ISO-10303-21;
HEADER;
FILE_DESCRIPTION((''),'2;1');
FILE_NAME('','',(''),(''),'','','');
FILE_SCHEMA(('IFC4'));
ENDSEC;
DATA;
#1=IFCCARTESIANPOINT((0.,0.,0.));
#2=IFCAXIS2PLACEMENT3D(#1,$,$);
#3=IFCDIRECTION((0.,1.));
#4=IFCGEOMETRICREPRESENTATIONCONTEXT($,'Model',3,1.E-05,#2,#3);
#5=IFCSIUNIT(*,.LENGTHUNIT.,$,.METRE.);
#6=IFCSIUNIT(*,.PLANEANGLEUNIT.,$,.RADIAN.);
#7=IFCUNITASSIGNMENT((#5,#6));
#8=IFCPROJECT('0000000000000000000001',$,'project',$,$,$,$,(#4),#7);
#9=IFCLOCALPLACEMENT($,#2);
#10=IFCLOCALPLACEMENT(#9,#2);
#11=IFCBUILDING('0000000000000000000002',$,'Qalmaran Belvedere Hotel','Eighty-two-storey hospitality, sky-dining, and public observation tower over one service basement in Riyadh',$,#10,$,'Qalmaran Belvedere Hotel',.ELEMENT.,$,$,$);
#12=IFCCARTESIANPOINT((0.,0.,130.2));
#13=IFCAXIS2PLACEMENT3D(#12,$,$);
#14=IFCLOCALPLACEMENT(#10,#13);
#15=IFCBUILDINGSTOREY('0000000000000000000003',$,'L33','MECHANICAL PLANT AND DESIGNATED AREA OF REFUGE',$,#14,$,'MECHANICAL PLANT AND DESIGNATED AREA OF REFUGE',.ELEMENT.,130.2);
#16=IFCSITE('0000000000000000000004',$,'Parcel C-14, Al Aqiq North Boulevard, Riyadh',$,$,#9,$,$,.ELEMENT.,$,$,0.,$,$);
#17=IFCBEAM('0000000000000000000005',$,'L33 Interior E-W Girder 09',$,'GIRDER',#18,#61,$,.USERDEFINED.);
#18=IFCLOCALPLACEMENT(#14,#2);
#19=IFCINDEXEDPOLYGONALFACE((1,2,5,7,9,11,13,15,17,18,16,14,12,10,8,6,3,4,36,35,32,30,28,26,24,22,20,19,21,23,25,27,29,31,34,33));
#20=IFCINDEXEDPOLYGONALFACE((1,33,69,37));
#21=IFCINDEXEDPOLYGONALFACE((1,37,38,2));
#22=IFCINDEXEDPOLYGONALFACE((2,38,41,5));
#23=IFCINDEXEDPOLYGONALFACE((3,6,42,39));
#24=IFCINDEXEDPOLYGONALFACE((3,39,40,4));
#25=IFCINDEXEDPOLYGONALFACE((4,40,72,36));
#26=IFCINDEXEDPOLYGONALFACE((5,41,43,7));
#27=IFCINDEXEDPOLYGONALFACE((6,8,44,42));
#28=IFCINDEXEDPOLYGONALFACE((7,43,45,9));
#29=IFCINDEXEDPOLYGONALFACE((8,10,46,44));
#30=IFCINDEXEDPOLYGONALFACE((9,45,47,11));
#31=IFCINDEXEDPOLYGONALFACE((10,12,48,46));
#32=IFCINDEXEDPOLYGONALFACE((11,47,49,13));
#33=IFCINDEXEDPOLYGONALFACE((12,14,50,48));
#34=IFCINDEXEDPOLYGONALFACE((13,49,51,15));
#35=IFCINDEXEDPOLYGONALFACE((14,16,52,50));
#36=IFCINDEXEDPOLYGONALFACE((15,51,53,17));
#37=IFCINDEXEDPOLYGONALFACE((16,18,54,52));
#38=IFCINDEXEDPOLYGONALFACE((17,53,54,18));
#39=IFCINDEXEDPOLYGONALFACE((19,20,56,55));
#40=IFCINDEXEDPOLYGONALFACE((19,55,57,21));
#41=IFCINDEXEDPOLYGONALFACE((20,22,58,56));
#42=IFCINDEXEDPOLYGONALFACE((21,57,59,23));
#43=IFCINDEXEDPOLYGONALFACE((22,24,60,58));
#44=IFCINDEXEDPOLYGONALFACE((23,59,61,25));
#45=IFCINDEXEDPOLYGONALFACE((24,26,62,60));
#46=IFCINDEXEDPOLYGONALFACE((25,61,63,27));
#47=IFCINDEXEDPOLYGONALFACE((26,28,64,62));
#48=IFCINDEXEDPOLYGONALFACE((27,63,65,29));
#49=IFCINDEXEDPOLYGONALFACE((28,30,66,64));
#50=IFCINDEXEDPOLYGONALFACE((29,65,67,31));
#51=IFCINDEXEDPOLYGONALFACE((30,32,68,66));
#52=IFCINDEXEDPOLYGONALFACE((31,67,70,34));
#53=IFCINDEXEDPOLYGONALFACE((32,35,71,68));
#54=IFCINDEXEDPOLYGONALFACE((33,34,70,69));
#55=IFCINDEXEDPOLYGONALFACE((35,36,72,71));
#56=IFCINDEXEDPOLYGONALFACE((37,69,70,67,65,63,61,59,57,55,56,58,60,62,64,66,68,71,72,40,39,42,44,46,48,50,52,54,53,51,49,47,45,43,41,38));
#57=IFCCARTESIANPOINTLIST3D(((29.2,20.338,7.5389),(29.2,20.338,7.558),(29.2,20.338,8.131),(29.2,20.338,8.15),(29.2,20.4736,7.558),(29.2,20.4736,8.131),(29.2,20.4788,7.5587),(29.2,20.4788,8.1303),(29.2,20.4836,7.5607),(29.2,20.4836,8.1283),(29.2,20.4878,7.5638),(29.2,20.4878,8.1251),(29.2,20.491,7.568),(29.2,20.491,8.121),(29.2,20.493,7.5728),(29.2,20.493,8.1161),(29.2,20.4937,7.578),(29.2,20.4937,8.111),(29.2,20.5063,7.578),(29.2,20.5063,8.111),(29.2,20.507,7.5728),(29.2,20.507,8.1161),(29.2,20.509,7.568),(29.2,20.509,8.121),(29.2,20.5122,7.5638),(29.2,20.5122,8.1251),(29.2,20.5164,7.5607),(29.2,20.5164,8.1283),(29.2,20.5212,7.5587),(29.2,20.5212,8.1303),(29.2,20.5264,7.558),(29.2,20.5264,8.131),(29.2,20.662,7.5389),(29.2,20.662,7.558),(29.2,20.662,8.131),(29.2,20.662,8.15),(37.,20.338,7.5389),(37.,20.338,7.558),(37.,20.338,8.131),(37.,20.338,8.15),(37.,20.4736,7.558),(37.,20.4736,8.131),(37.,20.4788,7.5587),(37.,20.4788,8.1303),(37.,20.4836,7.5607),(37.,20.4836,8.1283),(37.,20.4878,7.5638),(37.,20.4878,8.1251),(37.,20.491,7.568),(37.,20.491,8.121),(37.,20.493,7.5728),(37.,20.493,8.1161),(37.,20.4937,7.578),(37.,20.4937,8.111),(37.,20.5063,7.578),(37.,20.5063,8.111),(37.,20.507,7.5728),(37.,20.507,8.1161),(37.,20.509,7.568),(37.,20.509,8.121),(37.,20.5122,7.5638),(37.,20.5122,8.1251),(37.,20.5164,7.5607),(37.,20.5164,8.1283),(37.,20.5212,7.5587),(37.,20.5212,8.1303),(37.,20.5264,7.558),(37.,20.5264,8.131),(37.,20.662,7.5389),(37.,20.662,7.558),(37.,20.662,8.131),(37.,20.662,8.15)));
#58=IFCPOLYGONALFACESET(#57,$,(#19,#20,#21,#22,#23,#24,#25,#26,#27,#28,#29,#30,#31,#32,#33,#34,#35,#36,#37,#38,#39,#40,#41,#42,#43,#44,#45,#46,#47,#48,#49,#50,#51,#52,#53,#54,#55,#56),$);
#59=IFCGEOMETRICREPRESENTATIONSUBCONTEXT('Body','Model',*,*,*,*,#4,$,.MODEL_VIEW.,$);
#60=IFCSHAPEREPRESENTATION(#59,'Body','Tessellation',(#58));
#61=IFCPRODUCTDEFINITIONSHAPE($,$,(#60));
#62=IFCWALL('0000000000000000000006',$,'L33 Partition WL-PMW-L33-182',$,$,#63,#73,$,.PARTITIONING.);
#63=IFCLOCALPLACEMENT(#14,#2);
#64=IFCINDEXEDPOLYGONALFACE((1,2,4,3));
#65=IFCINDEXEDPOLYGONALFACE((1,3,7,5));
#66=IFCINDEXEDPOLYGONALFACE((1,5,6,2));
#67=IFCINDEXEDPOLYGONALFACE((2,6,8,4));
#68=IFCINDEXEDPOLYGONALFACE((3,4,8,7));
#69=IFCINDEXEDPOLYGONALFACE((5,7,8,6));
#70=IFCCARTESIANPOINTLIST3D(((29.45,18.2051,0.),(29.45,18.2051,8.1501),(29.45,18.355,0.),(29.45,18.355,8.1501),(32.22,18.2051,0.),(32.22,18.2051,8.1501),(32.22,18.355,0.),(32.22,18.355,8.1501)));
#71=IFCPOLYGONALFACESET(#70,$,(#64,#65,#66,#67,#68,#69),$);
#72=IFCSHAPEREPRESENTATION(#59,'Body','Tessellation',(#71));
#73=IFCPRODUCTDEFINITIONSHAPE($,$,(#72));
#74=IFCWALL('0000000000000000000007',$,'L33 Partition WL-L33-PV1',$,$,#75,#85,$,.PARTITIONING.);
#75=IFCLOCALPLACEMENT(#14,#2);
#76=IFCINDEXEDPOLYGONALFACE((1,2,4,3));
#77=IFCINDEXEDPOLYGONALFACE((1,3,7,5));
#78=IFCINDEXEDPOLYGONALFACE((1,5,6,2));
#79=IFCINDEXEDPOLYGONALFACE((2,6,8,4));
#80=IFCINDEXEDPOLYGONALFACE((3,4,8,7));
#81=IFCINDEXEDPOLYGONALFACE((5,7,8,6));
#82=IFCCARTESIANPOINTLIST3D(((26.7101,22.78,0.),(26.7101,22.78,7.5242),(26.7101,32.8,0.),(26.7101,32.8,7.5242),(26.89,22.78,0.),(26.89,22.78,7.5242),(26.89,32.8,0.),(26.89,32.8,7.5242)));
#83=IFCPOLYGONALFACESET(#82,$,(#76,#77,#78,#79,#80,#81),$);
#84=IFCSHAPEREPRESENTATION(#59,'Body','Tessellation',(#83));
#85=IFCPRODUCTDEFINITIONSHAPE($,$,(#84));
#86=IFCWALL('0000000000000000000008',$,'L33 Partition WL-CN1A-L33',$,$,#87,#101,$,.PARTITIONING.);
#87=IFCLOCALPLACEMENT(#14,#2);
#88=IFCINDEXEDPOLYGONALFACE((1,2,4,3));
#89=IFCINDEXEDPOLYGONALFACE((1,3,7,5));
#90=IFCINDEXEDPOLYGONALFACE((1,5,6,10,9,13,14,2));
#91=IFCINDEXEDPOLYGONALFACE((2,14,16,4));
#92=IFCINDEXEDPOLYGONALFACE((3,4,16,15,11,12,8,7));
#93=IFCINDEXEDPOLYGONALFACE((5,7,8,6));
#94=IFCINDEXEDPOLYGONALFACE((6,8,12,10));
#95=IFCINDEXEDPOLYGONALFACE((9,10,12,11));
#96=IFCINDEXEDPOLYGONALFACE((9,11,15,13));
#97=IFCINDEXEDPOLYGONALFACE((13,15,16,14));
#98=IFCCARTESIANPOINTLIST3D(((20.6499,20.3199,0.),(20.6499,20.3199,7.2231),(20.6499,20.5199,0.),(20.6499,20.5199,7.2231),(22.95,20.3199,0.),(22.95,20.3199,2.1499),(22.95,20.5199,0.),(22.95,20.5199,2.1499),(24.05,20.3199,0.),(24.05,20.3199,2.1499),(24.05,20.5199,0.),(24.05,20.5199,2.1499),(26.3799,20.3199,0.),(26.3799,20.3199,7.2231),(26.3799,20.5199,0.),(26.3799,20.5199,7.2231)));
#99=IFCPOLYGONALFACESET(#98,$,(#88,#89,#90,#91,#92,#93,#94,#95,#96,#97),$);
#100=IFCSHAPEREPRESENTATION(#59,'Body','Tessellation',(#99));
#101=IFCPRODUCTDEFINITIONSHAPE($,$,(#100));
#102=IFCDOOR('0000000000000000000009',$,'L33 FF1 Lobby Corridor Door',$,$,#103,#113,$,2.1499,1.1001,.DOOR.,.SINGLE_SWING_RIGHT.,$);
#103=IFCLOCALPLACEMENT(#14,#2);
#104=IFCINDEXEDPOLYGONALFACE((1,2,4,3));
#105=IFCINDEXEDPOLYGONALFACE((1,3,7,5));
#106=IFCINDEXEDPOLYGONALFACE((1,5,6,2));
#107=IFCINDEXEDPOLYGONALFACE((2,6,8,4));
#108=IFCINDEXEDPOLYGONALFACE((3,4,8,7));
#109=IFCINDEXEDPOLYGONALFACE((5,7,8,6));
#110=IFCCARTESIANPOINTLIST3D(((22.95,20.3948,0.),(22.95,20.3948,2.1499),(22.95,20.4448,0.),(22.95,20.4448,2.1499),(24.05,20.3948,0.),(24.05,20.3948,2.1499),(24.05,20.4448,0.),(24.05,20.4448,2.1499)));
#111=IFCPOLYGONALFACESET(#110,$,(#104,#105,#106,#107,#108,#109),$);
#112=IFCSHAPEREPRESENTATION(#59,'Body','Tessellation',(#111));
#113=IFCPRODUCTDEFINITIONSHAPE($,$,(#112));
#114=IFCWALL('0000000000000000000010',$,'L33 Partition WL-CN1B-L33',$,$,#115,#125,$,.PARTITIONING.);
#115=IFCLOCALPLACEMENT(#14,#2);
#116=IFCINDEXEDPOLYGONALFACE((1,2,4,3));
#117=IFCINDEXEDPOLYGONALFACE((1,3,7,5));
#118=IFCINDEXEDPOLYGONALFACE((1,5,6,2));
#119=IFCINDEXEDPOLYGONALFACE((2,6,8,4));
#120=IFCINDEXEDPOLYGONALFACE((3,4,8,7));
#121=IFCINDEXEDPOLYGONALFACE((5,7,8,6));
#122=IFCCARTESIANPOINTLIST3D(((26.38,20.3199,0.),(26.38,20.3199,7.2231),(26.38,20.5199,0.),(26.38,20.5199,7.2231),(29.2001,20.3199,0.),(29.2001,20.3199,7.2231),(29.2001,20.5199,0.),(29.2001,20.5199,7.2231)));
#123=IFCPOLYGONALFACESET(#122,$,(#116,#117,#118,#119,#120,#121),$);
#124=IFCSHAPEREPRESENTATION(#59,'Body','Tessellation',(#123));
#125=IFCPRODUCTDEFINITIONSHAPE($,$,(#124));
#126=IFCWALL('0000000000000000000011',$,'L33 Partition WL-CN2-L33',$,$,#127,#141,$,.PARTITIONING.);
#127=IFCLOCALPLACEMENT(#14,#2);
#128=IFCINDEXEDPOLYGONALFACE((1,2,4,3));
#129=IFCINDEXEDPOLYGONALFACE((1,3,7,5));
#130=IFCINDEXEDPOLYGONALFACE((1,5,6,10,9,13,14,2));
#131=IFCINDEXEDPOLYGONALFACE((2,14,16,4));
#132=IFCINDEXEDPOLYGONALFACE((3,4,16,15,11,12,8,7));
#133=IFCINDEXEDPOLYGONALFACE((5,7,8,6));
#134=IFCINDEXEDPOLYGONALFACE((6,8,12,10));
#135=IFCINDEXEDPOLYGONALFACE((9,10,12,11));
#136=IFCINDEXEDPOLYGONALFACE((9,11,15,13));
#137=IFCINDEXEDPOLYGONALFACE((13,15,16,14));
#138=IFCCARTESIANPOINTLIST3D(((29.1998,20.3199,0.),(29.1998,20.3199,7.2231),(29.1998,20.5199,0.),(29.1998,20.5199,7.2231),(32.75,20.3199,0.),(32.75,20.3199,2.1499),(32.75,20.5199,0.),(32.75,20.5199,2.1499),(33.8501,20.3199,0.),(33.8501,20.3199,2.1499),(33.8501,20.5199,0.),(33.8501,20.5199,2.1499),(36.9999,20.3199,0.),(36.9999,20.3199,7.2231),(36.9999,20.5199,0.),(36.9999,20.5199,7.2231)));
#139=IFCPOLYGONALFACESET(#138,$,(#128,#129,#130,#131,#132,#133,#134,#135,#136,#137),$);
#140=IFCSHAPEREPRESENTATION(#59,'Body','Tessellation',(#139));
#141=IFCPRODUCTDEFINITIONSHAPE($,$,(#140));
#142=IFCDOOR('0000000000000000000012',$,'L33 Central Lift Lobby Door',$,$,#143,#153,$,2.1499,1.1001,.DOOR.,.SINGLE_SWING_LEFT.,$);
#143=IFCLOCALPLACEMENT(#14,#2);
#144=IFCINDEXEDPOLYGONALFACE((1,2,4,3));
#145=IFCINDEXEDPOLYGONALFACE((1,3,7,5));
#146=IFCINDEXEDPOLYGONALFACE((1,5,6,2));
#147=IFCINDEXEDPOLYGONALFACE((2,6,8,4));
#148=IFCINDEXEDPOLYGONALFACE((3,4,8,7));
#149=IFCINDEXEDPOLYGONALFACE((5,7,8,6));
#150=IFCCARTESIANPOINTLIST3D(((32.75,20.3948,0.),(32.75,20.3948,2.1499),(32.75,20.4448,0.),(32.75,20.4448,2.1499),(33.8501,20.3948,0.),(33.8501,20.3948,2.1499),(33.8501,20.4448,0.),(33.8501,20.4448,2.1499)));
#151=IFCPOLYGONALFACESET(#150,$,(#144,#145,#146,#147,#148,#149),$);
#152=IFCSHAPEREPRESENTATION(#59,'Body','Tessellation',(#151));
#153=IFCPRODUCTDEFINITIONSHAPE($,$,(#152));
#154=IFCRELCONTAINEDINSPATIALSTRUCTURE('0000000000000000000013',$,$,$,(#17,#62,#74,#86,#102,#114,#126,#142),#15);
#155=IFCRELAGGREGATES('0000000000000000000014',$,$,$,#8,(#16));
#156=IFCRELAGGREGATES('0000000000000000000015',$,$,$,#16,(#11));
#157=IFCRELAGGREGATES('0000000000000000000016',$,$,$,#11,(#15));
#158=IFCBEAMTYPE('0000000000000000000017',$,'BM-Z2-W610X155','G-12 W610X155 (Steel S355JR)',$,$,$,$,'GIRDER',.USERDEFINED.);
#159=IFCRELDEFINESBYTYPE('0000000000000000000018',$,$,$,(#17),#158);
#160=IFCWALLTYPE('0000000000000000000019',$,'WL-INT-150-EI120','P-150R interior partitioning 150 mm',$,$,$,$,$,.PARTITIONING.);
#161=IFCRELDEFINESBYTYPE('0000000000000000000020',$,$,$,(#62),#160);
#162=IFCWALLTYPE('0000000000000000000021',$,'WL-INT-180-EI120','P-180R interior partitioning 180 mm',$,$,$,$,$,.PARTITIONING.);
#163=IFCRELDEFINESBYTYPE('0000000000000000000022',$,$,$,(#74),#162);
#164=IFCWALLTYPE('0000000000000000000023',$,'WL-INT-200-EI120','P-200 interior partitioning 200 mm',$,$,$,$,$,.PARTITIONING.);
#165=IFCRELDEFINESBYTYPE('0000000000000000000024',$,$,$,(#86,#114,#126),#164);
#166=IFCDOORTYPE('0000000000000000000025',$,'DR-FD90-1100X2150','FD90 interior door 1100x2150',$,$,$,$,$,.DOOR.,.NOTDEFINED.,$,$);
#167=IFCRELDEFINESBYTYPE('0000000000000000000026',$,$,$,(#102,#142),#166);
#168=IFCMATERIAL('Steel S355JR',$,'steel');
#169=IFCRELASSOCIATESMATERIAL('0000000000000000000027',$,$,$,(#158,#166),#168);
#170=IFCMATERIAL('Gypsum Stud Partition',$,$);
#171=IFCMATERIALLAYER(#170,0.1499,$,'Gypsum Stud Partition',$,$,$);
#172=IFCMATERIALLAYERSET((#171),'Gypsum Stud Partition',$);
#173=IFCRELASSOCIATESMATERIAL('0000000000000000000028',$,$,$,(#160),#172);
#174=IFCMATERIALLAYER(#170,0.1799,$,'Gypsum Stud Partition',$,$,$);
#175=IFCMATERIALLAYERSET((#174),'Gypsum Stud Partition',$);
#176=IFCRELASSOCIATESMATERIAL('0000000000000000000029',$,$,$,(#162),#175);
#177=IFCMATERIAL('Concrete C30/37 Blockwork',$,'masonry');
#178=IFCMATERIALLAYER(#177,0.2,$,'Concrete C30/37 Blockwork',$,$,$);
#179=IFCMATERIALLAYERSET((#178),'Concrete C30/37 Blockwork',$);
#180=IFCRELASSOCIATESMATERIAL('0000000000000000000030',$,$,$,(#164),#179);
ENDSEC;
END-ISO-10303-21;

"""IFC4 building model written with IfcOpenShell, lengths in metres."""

from ifc_helpers import new_model, si_unit, direction, frame, frame_2d, origin, origin_2d, place, context, subcontext, project, spatial, rectangle, i_section, extrude, material, layer, layer_set, material_profile, profile_set, type_object, element, fill, save


model = new_model("IFC4")

# Units and contexts
model_context = context("Model", 3, precision=1e-05, world=origin(), true_north=direction((0.0, 1.0)))
body_context = subcontext(model_context, "Body", "Model", "MODEL_VIEW")
ifc_project = project(units=[si_unit("LENGTHUNIT", "METRE"), si_unit("PLANEANGLEUNIT", "RADIAN")], contexts=[model_context])

# Site, building, storey
site_placement = place(None, origin())
site = spatial("IfcSite", under=ifc_project, at=site_placement, Name="Parcel C-14, Al Aqiq North Boulevard, Riyadh", CompositionType="ELEMENT", RefElevation=0.0)
building_placement = place(site_placement, origin())
building = spatial("IfcBuilding", under=site, at=building_placement, Name="Qalmaran Belvedere Hotel", Description="Eighty-two-storey hospitality, sky-dining, and public observation tower over one service basement in Riyadh", LongName="Qalmaran Belvedere Hotel", CompositionType="ELEMENT")
storey_placement = place(building_placement, frame((0.0, 0.0, 130.2)))
storey = spatial("IfcBuildingStorey", under=building, at=storey_placement, Name="L33", Description="MECHANICAL PLANT AND DESIGNATED AREA OF REFUGE", LongName="MECHANICAL PLANT AND DESIGNATED AREA OF REFUGE", CompositionType="ELEMENT", Elevation=130.2)

# Beam
ifc_material_1 = material(Name="Steel S355JR", Category="steel")
ifc_material_profile_1 = material_profile(ifc_material_1, i_section(OverallWidth=0.324, OverallDepth=0.6111, WebThickness=0.0127, FlangeThickness=0.019, FilletRadius=0.02, at=origin_2d()), Name="W610X155")
ifc_profile_set_1 = profile_set([ifc_material_profile_1], Name="Steel S355JR")
beam_type_1 = type_object("IfcBeamType", Name="BM-Z2-W610X155", Description="G-12 W610X155 (Steel S355JR)", ElementType="GIRDER", PredefinedType="USERDEFINED", material=ifc_profile_set_1)
beam_1_placement = place(storey_placement, frame((29.2, 20.5, 7.8445), z_axis=(1.0, 0.0, 0.0), x_axis=(0.0, 1.0, 0.0)))
element("IfcBeam", 1, at=beam_1_placement, inside=storey, type_object=beam_type_1, Name="L33 Interior E-W Girder 09", ObjectType="GIRDER", PredefinedType="USERDEFINED", context=body_context, shape_type="SweptSolid", body=[
    extrude(i_section(OverallWidth=0.324, OverallDepth=0.6111, WebThickness=0.0127, FlangeThickness=0.019, FilletRadius=0.02, at=origin_2d()), origin(), (0.0, 0.0, 1.0), 7.8),
])

# Walls
ifc_material_2 = material(Name="Gypsum Stud Partition")
ifc_layer_1 = layer(ifc_material_2, 0.1499, Name="Gypsum Stud Partition")
ifc_layer_set_1 = layer_set([ifc_layer_1], Name="Gypsum Stud Partition")
wall_type_1 = type_object("IfcWallType", Name="WL-INT-150-EI120", Description="P-150R interior partitioning 150 mm", PredefinedType="PARTITIONING", material=ifc_layer_set_1)
wall_1_placement = place(storey_placement, frame((29.45, 18.28, 0.0), z_axis=(0.0, 0.0, 1.0), x_axis=(1.0, 0.0, 0.0)))
element("IfcWall", 2, at=wall_1_placement, inside=storey, type_object=wall_type_1, Name="L33 Partition WL-PMW-L33-182", PredefinedType="PARTITIONING", context=body_context, shape_type="SweptSolid", body=[
    extrude(rectangle(XDim=2.77, YDim=0.1499, at=frame_2d((1.385, 0.0))), origin(), (0.0, 0.0, 1.0), 8.1501),
])
ifc_layer_2 = layer(ifc_material_2, 0.1799, Name="Gypsum Stud Partition")
ifc_layer_set_2 = layer_set([ifc_layer_2], Name="Gypsum Stud Partition")
wall_type_2 = type_object("IfcWallType", Name="WL-INT-180-EI120", Description="P-180R interior partitioning 180 mm", PredefinedType="PARTITIONING", material=ifc_layer_set_2)
wall_2_placement = place(storey_placement, frame((26.8, 22.78, 0.0), z_axis=(0.0, 0.0, 1.0), x_axis=(0.0, 1.0, 0.0)))
element("IfcWall", 3, at=wall_2_placement, inside=storey, type_object=wall_type_2, Name="L33 Partition WL-L33-PV1", PredefinedType="PARTITIONING", context=body_context, shape_type="SweptSolid", body=[
    extrude(rectangle(XDim=10.02, YDim=0.1799, at=frame_2d((5.01, 0.0))), origin(), (0.0, 0.0, 1.0), 7.5242),
])

# Wall, opening, door
ifc_material_3 = material(Name="Concrete C30/37 Blockwork", Category="masonry")
ifc_layer_3 = layer(ifc_material_3, 0.2, Name="Concrete C30/37 Blockwork")
ifc_layer_set_3 = layer_set([ifc_layer_3], Name="Concrete C30/37 Blockwork")
wall_type_3 = type_object("IfcWallType", Name="WL-INT-200-EI120", Description="P-200 interior partitioning 200 mm", PredefinedType="PARTITIONING", material=ifc_layer_set_3)
wall_3_placement = place(storey_placement, frame((20.6499, 20.4199, 0.0), z_axis=(0.0, 0.0, 1.0), x_axis=(1.0, 0.0, 0.0)))
wall_3 = element("IfcWall", 4, at=wall_3_placement, inside=storey, type_object=wall_type_3, Name="L33 Partition WL-CN1A-L33", PredefinedType="PARTITIONING", context=body_context, shape_type="SweptSolid", body=[
    extrude(rectangle(XDim=5.73, YDim=0.2, at=frame_2d((2.865, 0.0))), origin(), (0.0, 0.0, 1.0), 7.2231),
])
opening_1_placement = place(wall_3_placement, frame((2.3, 0.0, 0.0)))
opening_1 = element("IfcOpeningElement", 5, at=opening_1_placement, cuts=wall_3, PredefinedType="OPENING", context=body_context, shape_type="SweptSolid", body=[
    extrude(rectangle(XDim=1.1001, YDim=2.1499, at=frame_2d((0.55, 1.075))), frame((0.0, 0.1099, 0.0), z_axis=(0.0, -1.0, 0.0), x_axis=(1.0, 0.0, 0.0)), (0.0, 0.0, 1.0), 0.22),
])
door_type = type_object("IfcDoorType", Name="DR-FD90-1100X2150", Description="FD90 interior door 1100x2150", OperationType="NOTDEFINED", PredefinedType="DOOR", material=ifc_material_1)
door_1_placement = place(opening_1_placement, origin())
door_1 = element("IfcDoor", 6, at=door_1_placement, inside=storey, type_object=door_type, Name="L33 FF1 Lobby Corridor Door", OperationType="SINGLE_SWING_RIGHT", OverallHeight=2.1499, OverallWidth=1.1001, PredefinedType="DOOR", context=body_context, shape_type="SweptSolid", body=[
    extrude(rectangle(XDim=1.1001, YDim=2.1499, at=frame_2d((0.55, 1.075))), frame((0.0, 0.0249, 0.0), z_axis=(0.0, -1.0, 0.0), x_axis=(1.0, 0.0, 0.0)), (0.0, 0.0, 1.0), 0.05),
])
fill(opening_1, door_1)

# Wall
wall_4_placement = place(storey_placement, frame((26.3799, 20.4199, 0.0), z_axis=(0.0, 0.0, 1.0), x_axis=(1.0, 0.0, 0.0)))
element("IfcWall", 7, at=wall_4_placement, inside=storey, type_object=wall_type_3, Name="L33 Partition WL-CN1B-L33", PredefinedType="PARTITIONING", context=body_context, shape_type="SweptSolid", body=[
    extrude(rectangle(XDim=2.8201, YDim=0.2, at=frame_2d((1.4102, 0.0))), origin(), (0.0, 0.0, 1.0), 7.2231),
])

# Wall, opening, door
wall_5_placement = place(storey_placement, frame((29.2, 20.4199, 0.0), z_axis=(0.0, 0.0, 1.0), x_axis=(1.0, 0.0, 0.0)))
wall_5 = element("IfcWall", 8, at=wall_5_placement, inside=storey, type_object=wall_type_3, Name="L33 Partition WL-CN2-L33", PredefinedType="PARTITIONING", context=body_context, shape_type="SweptSolid", body=[
    extrude(rectangle(XDim=7.8, YDim=0.2, at=frame_2d((3.8999, 0.0))), origin(), (0.0, 0.0, 1.0), 7.2231),
])
opening_2_placement = place(wall_5_placement, frame((3.55, 0.0, 0.0)))
opening_2 = element("IfcOpeningElement", 9, at=opening_2_placement, cuts=wall_5, PredefinedType="OPENING", context=body_context, shape_type="SweptSolid", body=[
    extrude(rectangle(XDim=1.1001, YDim=2.1499, at=frame_2d((0.55, 1.075))), frame((0.0, 0.1099, 0.0), z_axis=(0.0, -1.0, 0.0), x_axis=(1.0, 0.0, 0.0)), (0.0, 0.0, 1.0), 0.22),
])
door_2_placement = place(opening_2_placement, origin())
door_2 = element("IfcDoor", 10, at=door_2_placement, inside=storey, type_object=door_type, Name="L33 Central Lift Lobby Door", OperationType="SINGLE_SWING_LEFT", OverallHeight=2.1499, OverallWidth=1.1001, PredefinedType="DOOR", context=body_context, shape_type="SweptSolid", body=[
    extrude(rectangle(XDim=1.1001, YDim=2.1499, at=frame_2d((0.55, 1.075))), frame((0.0, 0.0249, 0.0), z_axis=(0.0, -1.0, 0.0), x_axis=(1.0, 0.0, 0.0)), (0.0, 0.0, 1.0), 0.05),
])
fill(opening_2, door_2)

save(model, "model.ifc")
